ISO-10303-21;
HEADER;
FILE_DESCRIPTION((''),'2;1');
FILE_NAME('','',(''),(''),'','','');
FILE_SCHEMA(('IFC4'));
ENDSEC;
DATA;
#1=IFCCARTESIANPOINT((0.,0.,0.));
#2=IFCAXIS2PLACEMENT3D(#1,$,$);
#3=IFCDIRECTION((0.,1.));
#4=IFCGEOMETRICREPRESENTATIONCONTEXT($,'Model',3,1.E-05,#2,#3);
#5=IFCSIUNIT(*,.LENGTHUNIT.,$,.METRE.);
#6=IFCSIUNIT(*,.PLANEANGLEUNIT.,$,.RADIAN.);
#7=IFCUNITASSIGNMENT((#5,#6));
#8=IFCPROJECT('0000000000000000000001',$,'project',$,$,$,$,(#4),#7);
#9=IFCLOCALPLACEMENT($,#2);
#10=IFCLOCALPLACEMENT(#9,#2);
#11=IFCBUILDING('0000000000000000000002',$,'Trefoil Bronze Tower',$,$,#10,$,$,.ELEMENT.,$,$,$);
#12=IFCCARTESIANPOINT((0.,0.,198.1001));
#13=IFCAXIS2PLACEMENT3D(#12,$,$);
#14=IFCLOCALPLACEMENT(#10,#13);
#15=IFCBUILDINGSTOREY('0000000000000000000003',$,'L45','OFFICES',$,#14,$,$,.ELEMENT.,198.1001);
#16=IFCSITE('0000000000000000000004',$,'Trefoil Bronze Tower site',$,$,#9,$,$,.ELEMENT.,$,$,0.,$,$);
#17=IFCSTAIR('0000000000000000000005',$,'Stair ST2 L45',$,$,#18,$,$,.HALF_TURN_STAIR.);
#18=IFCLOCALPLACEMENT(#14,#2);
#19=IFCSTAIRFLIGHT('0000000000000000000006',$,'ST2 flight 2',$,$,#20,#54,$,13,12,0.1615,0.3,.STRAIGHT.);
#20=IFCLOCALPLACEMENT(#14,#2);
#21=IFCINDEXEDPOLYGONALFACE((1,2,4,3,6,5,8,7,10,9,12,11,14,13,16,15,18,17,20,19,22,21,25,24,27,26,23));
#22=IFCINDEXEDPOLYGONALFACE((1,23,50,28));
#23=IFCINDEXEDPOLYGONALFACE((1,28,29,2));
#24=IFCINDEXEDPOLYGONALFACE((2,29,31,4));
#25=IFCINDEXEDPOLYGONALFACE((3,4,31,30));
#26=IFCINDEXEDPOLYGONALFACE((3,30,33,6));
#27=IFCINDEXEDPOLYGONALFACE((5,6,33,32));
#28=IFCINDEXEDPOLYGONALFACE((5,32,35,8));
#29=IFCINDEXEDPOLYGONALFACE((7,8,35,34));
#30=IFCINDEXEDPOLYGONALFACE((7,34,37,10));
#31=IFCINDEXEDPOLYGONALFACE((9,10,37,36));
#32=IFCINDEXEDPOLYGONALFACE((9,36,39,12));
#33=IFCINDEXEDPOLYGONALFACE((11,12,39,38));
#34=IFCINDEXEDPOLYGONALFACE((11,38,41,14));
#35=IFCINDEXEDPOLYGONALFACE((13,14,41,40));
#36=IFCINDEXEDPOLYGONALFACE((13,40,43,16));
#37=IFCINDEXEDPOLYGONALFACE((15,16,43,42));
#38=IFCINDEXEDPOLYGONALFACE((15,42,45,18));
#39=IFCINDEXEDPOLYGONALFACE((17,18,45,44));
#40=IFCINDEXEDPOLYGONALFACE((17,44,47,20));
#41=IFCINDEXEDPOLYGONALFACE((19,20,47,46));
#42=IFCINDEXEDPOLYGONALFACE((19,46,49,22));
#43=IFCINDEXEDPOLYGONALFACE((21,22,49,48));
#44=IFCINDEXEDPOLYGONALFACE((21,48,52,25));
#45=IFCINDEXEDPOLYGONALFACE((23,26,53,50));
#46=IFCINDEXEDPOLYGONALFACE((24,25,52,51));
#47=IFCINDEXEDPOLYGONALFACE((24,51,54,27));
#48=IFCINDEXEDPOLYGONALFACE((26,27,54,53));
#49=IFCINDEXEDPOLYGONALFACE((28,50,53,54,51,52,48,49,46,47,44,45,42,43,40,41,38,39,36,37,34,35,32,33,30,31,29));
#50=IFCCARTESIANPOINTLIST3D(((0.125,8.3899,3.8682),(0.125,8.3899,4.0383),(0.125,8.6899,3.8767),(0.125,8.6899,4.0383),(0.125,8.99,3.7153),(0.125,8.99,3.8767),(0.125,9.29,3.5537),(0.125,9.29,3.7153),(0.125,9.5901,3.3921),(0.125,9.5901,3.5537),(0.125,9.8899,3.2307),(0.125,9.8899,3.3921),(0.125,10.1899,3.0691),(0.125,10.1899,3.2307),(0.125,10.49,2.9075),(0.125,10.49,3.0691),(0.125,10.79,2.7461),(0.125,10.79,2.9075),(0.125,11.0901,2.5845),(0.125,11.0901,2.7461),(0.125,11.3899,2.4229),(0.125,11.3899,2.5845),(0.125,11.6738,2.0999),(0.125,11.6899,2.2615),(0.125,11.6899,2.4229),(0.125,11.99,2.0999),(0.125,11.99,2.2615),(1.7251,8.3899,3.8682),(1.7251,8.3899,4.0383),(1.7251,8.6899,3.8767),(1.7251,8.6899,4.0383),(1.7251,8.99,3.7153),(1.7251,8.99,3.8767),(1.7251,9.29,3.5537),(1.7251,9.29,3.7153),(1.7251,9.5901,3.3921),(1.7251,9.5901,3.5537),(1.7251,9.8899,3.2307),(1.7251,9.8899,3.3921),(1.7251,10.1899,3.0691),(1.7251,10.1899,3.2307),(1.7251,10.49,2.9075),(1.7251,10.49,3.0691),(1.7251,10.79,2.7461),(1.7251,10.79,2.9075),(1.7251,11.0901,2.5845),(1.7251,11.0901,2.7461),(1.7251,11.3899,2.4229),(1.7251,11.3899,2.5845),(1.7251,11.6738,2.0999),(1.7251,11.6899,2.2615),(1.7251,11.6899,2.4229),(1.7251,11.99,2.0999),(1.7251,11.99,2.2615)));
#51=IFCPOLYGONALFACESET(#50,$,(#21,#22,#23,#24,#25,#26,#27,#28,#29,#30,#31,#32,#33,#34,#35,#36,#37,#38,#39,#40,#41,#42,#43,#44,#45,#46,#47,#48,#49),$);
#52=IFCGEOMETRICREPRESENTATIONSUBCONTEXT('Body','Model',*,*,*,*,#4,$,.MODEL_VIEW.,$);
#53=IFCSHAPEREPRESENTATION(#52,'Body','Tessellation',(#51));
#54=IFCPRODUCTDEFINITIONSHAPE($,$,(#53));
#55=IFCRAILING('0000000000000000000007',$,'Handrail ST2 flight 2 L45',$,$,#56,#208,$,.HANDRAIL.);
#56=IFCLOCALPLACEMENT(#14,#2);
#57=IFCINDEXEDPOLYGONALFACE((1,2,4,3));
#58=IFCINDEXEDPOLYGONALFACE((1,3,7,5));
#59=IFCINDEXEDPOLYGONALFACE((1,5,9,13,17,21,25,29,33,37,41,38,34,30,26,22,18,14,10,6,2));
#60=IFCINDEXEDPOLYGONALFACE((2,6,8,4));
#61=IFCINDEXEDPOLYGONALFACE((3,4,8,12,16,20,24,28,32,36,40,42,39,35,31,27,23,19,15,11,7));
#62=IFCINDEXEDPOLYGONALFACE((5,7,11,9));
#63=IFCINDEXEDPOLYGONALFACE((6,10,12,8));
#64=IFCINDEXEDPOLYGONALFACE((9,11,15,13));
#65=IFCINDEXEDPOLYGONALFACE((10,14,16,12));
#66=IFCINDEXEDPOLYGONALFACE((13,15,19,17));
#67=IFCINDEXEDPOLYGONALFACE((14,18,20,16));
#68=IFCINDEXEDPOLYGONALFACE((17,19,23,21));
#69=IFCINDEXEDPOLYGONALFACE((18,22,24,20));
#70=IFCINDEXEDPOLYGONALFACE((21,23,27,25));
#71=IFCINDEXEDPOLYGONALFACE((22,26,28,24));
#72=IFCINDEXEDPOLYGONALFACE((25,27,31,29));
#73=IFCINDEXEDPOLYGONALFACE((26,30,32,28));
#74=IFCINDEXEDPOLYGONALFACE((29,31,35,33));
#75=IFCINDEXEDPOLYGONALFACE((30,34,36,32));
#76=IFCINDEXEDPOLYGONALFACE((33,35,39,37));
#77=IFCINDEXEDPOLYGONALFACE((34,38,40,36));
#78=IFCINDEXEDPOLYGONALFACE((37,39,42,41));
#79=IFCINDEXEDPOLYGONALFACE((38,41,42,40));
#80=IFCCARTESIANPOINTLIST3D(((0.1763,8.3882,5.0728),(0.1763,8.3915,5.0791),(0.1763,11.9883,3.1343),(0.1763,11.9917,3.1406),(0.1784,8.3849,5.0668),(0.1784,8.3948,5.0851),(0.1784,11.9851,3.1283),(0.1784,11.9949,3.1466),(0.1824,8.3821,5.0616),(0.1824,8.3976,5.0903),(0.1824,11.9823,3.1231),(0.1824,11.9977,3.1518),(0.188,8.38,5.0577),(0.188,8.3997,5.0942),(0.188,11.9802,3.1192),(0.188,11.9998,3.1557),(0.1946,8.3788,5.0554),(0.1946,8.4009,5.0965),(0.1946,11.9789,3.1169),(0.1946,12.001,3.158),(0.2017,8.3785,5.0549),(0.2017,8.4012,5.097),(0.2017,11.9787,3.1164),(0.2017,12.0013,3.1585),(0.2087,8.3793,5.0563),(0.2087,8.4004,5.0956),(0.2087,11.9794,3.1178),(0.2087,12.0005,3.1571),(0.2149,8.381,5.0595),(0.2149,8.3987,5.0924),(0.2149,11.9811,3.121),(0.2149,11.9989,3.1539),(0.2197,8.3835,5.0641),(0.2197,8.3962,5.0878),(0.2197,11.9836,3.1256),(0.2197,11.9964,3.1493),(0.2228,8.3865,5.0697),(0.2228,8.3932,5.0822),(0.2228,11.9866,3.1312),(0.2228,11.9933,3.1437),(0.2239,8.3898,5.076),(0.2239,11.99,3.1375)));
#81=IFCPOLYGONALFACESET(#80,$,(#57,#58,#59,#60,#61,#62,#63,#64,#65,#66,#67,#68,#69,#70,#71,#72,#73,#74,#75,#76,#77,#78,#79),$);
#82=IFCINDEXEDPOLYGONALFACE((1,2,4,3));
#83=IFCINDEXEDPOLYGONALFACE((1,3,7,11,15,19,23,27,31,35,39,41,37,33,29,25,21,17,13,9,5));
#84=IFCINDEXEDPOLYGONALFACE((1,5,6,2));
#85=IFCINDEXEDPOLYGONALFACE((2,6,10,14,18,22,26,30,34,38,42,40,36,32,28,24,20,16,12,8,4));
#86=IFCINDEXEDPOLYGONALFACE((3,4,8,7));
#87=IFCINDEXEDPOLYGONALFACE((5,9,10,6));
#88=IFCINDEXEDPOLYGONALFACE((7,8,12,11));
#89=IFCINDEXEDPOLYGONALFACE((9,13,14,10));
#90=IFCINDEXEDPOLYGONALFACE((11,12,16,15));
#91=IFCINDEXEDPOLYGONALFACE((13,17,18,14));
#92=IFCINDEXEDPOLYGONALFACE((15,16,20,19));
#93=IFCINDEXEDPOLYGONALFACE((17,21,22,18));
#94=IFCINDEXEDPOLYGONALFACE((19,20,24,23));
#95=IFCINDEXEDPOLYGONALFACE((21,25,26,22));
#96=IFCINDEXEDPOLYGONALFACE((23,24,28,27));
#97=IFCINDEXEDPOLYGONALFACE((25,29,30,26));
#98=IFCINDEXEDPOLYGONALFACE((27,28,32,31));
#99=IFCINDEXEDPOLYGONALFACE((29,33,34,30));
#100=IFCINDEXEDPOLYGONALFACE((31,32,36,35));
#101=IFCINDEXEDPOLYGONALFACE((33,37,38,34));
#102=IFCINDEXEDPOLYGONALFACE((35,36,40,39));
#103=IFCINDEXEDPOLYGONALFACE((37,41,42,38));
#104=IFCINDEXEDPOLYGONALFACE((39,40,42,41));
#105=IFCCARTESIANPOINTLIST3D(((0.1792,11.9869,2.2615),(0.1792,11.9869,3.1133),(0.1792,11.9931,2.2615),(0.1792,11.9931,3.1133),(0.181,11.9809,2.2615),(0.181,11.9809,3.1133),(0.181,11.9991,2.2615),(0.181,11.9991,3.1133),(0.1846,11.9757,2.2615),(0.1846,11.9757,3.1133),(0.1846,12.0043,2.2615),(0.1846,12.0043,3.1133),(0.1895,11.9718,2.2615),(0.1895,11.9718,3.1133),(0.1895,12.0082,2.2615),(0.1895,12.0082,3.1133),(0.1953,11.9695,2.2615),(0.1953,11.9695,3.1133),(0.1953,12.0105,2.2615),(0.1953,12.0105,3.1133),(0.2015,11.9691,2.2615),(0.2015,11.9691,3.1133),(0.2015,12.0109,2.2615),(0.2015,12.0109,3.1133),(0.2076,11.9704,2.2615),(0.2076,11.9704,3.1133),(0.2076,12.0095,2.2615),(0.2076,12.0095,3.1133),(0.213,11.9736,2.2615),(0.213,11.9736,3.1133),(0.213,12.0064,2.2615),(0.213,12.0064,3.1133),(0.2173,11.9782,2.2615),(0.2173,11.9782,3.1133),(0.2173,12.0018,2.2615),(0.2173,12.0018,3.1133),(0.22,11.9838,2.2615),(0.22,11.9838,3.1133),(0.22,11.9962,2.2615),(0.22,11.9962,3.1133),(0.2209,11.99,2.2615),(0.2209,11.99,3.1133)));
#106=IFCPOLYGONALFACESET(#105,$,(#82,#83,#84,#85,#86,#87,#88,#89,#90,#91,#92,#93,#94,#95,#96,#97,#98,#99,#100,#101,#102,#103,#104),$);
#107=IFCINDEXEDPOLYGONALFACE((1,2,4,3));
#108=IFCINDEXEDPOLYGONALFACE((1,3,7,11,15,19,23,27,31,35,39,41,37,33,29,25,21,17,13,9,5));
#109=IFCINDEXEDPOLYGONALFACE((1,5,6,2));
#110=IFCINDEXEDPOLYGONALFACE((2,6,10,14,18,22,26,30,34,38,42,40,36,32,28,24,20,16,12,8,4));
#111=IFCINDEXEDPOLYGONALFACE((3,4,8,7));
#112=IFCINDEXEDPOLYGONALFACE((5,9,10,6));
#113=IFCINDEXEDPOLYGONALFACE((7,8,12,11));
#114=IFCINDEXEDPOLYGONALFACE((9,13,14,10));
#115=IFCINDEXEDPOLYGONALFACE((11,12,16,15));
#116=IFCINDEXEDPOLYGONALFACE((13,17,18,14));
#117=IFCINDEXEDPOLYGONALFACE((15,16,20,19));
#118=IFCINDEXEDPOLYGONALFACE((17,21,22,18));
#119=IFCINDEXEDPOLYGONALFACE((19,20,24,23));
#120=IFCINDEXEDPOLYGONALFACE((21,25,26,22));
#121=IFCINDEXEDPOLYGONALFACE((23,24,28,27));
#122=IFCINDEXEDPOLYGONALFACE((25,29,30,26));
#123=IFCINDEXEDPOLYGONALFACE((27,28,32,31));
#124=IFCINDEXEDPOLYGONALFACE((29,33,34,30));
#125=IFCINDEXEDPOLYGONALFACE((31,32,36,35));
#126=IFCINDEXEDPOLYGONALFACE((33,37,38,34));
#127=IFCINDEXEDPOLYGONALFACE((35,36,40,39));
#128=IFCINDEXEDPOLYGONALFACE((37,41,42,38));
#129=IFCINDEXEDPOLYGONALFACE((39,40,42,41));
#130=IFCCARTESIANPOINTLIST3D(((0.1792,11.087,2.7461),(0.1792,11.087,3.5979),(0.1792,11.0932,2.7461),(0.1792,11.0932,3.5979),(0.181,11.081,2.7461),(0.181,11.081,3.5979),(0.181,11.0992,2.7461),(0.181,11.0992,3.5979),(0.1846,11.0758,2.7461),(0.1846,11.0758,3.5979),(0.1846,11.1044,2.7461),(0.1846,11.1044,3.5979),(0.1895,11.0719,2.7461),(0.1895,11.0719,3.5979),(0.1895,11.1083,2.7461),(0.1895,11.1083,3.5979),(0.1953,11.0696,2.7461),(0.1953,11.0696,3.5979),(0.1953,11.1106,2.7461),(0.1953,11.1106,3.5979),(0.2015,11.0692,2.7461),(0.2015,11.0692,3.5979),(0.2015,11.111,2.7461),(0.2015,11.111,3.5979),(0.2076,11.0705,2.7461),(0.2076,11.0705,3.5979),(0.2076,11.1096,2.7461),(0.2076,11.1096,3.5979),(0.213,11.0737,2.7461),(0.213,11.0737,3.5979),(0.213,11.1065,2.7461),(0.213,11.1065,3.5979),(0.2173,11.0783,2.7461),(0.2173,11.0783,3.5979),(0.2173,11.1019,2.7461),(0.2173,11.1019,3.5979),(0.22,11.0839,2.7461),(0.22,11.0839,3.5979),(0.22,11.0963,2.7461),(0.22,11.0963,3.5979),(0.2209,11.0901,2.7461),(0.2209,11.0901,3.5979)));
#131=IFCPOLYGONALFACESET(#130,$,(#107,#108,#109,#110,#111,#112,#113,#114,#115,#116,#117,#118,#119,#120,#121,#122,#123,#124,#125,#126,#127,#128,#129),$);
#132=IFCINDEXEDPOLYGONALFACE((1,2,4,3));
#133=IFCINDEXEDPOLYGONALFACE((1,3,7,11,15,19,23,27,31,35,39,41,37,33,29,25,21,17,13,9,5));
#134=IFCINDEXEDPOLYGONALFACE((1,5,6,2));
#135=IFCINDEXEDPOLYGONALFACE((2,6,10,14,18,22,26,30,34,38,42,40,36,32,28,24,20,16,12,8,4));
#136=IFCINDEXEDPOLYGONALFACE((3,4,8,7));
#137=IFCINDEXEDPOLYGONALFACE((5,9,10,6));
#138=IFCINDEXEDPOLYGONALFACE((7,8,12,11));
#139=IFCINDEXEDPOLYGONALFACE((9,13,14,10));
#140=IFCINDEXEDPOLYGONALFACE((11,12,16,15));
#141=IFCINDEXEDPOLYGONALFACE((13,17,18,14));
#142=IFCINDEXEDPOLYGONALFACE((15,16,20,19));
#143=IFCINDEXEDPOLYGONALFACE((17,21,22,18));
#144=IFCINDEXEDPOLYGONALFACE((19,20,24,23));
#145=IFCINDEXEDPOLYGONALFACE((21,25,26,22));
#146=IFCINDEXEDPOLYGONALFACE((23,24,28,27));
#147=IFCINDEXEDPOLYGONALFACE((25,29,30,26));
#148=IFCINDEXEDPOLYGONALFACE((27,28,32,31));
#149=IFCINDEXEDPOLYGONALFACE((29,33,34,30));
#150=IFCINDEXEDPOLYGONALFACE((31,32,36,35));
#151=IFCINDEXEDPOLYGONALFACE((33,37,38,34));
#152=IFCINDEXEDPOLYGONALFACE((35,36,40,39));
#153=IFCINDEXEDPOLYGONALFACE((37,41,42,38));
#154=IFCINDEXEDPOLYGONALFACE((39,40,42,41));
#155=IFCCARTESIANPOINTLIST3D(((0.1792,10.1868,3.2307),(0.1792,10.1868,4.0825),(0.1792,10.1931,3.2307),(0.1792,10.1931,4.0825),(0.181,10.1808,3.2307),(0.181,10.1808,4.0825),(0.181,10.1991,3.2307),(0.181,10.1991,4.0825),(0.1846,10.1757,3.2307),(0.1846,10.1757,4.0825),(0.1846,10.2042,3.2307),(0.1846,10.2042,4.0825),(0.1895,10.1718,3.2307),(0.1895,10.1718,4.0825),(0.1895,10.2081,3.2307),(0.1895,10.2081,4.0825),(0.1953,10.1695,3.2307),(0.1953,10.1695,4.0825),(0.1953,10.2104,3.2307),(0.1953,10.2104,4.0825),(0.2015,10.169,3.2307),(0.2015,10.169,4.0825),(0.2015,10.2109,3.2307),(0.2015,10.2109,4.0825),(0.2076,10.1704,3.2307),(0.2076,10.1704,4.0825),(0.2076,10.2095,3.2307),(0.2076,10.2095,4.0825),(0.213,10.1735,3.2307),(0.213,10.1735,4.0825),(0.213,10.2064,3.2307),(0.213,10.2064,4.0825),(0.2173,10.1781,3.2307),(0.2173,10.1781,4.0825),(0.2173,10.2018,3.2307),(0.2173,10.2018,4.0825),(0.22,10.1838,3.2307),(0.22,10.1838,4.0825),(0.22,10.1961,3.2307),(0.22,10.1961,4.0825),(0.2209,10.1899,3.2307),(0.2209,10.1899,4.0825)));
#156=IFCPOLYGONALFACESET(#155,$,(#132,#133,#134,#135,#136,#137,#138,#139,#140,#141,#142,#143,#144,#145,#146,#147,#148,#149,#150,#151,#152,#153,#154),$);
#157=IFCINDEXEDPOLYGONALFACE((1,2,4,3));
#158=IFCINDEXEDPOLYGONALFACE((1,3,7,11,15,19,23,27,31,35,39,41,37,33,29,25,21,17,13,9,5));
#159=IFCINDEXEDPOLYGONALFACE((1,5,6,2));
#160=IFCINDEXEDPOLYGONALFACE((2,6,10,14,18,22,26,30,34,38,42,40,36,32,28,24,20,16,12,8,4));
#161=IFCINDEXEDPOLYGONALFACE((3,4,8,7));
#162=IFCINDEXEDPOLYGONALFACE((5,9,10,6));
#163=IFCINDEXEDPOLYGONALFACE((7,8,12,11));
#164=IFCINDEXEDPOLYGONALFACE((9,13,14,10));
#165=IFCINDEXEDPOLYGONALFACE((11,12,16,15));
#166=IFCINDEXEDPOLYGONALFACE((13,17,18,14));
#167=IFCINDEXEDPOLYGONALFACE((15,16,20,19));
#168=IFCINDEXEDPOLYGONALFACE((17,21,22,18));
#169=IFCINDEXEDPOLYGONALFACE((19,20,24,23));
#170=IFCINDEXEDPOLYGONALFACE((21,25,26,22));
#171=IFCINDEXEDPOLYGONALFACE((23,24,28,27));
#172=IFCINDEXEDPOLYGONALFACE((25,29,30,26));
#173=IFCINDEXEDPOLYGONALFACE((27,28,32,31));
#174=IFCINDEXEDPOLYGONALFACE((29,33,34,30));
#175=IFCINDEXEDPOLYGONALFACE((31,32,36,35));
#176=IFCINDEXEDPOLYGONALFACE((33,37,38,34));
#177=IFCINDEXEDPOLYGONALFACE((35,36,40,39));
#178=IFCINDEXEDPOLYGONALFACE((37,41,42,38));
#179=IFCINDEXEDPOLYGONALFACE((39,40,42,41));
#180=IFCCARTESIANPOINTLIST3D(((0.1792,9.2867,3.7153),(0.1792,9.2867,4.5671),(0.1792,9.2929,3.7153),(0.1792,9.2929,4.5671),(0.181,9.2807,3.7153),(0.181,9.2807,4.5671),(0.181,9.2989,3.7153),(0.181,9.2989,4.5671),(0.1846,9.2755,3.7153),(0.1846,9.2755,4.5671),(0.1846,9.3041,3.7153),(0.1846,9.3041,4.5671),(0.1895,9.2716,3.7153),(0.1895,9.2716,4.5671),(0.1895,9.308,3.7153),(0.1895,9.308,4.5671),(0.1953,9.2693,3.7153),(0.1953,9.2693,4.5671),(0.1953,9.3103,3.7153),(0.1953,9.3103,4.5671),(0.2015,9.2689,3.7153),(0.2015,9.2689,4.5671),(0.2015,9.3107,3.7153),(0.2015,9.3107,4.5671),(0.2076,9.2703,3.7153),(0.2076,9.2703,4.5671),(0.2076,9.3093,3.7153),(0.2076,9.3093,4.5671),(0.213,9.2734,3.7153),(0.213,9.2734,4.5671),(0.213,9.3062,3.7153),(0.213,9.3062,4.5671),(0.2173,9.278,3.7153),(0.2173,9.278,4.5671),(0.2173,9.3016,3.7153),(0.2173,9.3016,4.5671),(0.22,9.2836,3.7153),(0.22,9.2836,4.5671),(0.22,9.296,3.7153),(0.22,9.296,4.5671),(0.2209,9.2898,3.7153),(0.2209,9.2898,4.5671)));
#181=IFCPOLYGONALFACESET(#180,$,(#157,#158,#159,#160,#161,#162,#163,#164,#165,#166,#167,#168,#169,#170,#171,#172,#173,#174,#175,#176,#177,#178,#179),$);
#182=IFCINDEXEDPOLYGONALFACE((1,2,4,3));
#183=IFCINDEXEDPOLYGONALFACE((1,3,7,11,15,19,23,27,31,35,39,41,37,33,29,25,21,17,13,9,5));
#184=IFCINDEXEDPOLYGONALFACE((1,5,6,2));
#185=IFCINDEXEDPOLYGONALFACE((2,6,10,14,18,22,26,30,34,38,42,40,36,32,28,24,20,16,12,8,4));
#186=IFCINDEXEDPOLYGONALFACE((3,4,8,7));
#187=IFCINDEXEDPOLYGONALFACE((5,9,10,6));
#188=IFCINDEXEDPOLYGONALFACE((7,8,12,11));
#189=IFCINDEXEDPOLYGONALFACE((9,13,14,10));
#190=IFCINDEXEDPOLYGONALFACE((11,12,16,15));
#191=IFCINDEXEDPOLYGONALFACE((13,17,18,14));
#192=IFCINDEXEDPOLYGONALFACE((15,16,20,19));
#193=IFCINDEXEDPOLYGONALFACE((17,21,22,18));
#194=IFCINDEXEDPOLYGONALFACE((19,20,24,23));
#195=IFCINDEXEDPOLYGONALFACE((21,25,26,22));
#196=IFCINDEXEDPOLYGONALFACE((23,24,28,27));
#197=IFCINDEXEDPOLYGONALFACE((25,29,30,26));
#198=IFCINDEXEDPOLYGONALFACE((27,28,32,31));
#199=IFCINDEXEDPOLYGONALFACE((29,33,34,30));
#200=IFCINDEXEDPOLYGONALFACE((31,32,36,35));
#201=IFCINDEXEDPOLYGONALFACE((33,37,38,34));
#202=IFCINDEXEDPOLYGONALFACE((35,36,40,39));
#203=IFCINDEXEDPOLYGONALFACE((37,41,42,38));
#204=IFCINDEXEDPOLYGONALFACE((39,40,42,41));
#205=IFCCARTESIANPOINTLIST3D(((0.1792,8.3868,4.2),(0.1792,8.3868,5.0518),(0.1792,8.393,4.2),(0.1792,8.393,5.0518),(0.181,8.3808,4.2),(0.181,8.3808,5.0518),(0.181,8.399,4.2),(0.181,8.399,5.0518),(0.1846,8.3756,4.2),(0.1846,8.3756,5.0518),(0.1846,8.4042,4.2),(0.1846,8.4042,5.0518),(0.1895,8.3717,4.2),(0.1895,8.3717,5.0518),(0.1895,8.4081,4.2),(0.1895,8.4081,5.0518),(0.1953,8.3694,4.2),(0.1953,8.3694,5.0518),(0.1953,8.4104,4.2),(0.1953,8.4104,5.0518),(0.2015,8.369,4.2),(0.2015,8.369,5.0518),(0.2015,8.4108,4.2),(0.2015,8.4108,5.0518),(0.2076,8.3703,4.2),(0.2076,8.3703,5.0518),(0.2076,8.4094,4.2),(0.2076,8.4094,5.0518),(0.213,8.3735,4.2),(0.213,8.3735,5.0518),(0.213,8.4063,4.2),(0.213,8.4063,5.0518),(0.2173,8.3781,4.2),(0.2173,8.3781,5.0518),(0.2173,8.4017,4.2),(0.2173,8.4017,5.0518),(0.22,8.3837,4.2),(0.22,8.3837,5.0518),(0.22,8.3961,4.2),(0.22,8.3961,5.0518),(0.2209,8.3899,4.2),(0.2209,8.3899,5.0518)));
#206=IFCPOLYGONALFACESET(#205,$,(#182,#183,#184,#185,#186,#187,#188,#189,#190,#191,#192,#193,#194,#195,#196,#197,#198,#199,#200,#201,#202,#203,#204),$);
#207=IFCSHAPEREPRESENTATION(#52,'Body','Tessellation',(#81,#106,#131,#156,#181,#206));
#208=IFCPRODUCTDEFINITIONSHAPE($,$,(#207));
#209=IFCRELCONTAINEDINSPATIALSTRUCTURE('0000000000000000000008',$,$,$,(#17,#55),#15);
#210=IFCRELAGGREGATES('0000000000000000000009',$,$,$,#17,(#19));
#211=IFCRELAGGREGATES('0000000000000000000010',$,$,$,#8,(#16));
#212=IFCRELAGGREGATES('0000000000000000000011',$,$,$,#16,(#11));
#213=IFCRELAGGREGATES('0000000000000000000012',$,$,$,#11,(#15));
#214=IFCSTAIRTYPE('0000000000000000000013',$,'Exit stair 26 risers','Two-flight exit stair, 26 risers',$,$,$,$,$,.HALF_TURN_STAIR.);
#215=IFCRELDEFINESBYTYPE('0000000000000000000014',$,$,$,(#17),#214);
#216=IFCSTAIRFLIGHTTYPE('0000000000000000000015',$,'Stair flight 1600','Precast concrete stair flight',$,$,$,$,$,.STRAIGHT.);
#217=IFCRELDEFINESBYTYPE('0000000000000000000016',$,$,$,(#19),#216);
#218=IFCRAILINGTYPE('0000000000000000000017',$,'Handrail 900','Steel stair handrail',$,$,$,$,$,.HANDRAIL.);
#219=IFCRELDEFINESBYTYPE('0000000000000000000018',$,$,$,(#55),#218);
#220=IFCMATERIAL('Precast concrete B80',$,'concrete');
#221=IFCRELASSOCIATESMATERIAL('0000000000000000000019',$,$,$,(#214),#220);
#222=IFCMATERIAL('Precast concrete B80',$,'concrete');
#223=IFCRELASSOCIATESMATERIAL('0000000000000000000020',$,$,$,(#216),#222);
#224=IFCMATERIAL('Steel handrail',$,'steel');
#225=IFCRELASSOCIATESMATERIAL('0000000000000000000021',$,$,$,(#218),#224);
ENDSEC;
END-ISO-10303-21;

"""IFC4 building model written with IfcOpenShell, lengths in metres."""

from ifc_helpers import new_model, si_unit, direction, frame, origin, origin_2d, place, context, subcontext, project, spatial, polyline, circle, outline, extrude, material, type_object, element, aggregate, save


model = new_model("IFC4")

# Units and contexts
model_context = context("Model", 3, precision=1e-05, world=origin(), true_north=direction((0.0, 1.0)))
body_context = subcontext(model_context, "Body", "Model", "MODEL_VIEW")
ifc_project = project(units=[si_unit("LENGTHUNIT", "METRE"), si_unit("PLANEANGLEUNIT", "RADIAN")], contexts=[model_context])

# Site, building, storey
site_placement = place(None, origin())
site = spatial("IfcSite", under=ifc_project, at=site_placement, Name="Trefoil Bronze Tower site", CompositionType="ELEMENT", RefElevation=0.0)
building_placement = place(site_placement, origin())
building = spatial("IfcBuilding", under=site, at=building_placement, Name="Trefoil Bronze Tower", CompositionType="ELEMENT")
storey_placement = place(building_placement, frame((0.0, 0.0, 198.1001)))
storey = spatial("IfcBuildingStorey", under=building, at=storey_placement, Name="L45", Description="OFFICES", CompositionType="ELEMENT", Elevation=198.1001)

# Stair, stair flight
ifc_material_1 = material(Name="Precast concrete B80", Category="concrete")
stair_type = type_object("IfcStairType", Name="Exit stair 26 risers", Description="Two-flight exit stair, 26 risers", PredefinedType="HALF_TURN_STAIR", material=ifc_material_1)
stair_placement = place(storey_placement, origin())
stair = element("IfcStair", 1, at=stair_placement, inside=storey, type_object=stair_type, Name="Stair ST2 L45", PredefinedType="HALF_TURN_STAIR")
ifc_material_2 = material(Name="Precast concrete B80", Category="concrete")
stair_flight_type = type_object("IfcStairFlightType", Name="Stair flight 1600", Description="Precast concrete stair flight", PredefinedType="STRAIGHT", material=ifc_material_2)
stair_flight_placement = place(storey_placement, frame((0.925, 11.99, 2.0999), z_axis=(0.0, 0.0, 1.0), x_axis=(0.0, -1.0, 0.0)))
stair_flight = element("IfcStairFlight", 2, at=stair_flight_placement, type_object=stair_flight_type, Name="ST2 flight 2", NumberOfRisers=13, NumberOfTreads=12, PredefinedType="STRAIGHT", RiserHeight=0.1615, TreadLength=0.3, context=body_context, shape_type="SweptSolid", body=[
    extrude(outline(polyline([(0.0, 0.0), (0.0, 0.1616), (0.3, 0.1616), (0.3, 0.323), (0.6001, 0.323), (0.6001, 0.4846), (0.8999, 0.4846), (0.8999, 0.6462), (1.2, 0.6462), (1.2, 0.8076), (1.5, 0.8076), (1.5, 0.9692), (1.8, 0.9692), (1.8, 1.1309), (2.1001, 1.1309), (2.1001, 1.2922), (2.3999, 1.2922), (2.3999, 1.4539), (2.7, 1.4539), (2.7, 1.6155), (3.0, 1.6155), (3.0, 1.7769), (3.3, 1.7769), (3.3, 1.9385), (3.6001, 1.9385), (3.6001, 2.1001), (3.6001, 1.7683), (0.3162, 0.0), (0.0, 0.0)])), frame((0.0, 0.8, 0.0), z_axis=(0.0, -1.0, 0.0), x_axis=(1.0, 0.0, 0.0)), (0.0, 0.0, 1.0), 1.6001),
])
aggregate(stair, [stair_flight])

# Railing
ifc_material_3 = material(Name="Steel handrail", Category="steel")
railing_type = type_object("IfcRailingType", Name="Handrail 900", Description="Steel stair handrail", PredefinedType="HANDRAIL", material=ifc_material_3)
railing_placement = place(storey_placement, frame((0.2, 11.99, 2.2615)))
element("IfcRailing", 3, at=railing_placement, inside=storey, type_object=railing_type, Name="Handrail ST2 flight 2 L45", PredefinedType="HANDRAIL", context=body_context, shape_type="SweptSolid", body=[
    extrude(circle(Radius=0.0239, at=origin_2d()), frame((0.0, 0.0, 0.876), z_axis=(0.0, -0.880475, 0.474093), x_axis=(1.0, 0.0, 0.0)), (0.0, 0.0, 1.0), 4.0889),
    extrude(circle(Radius=0.021, at=origin_2d()), origin(), (0.0, 0.0, 1.0), 0.8518),
    extrude(circle(Radius=0.021, at=origin_2d()), frame((0.0, -0.8999, 0.4846)), (0.0, 0.0, 1.0), 0.8518),
    extrude(circle(Radius=0.021, at=origin_2d()), frame((0.0, -1.8, 0.9692)), (0.0, 0.0, 1.0), 0.8518),
    extrude(circle(Radius=0.021, at=origin_2d()), frame((0.0, -2.7002, 1.4539)), (0.0, 0.0, 1.0), 0.8518),
    extrude(circle(Radius=0.021, at=origin_2d()), frame((0.0, -3.6001, 1.9385)), (0.0, 0.0, 1.0), 0.8518),
])

save(model, "model.ifc")
